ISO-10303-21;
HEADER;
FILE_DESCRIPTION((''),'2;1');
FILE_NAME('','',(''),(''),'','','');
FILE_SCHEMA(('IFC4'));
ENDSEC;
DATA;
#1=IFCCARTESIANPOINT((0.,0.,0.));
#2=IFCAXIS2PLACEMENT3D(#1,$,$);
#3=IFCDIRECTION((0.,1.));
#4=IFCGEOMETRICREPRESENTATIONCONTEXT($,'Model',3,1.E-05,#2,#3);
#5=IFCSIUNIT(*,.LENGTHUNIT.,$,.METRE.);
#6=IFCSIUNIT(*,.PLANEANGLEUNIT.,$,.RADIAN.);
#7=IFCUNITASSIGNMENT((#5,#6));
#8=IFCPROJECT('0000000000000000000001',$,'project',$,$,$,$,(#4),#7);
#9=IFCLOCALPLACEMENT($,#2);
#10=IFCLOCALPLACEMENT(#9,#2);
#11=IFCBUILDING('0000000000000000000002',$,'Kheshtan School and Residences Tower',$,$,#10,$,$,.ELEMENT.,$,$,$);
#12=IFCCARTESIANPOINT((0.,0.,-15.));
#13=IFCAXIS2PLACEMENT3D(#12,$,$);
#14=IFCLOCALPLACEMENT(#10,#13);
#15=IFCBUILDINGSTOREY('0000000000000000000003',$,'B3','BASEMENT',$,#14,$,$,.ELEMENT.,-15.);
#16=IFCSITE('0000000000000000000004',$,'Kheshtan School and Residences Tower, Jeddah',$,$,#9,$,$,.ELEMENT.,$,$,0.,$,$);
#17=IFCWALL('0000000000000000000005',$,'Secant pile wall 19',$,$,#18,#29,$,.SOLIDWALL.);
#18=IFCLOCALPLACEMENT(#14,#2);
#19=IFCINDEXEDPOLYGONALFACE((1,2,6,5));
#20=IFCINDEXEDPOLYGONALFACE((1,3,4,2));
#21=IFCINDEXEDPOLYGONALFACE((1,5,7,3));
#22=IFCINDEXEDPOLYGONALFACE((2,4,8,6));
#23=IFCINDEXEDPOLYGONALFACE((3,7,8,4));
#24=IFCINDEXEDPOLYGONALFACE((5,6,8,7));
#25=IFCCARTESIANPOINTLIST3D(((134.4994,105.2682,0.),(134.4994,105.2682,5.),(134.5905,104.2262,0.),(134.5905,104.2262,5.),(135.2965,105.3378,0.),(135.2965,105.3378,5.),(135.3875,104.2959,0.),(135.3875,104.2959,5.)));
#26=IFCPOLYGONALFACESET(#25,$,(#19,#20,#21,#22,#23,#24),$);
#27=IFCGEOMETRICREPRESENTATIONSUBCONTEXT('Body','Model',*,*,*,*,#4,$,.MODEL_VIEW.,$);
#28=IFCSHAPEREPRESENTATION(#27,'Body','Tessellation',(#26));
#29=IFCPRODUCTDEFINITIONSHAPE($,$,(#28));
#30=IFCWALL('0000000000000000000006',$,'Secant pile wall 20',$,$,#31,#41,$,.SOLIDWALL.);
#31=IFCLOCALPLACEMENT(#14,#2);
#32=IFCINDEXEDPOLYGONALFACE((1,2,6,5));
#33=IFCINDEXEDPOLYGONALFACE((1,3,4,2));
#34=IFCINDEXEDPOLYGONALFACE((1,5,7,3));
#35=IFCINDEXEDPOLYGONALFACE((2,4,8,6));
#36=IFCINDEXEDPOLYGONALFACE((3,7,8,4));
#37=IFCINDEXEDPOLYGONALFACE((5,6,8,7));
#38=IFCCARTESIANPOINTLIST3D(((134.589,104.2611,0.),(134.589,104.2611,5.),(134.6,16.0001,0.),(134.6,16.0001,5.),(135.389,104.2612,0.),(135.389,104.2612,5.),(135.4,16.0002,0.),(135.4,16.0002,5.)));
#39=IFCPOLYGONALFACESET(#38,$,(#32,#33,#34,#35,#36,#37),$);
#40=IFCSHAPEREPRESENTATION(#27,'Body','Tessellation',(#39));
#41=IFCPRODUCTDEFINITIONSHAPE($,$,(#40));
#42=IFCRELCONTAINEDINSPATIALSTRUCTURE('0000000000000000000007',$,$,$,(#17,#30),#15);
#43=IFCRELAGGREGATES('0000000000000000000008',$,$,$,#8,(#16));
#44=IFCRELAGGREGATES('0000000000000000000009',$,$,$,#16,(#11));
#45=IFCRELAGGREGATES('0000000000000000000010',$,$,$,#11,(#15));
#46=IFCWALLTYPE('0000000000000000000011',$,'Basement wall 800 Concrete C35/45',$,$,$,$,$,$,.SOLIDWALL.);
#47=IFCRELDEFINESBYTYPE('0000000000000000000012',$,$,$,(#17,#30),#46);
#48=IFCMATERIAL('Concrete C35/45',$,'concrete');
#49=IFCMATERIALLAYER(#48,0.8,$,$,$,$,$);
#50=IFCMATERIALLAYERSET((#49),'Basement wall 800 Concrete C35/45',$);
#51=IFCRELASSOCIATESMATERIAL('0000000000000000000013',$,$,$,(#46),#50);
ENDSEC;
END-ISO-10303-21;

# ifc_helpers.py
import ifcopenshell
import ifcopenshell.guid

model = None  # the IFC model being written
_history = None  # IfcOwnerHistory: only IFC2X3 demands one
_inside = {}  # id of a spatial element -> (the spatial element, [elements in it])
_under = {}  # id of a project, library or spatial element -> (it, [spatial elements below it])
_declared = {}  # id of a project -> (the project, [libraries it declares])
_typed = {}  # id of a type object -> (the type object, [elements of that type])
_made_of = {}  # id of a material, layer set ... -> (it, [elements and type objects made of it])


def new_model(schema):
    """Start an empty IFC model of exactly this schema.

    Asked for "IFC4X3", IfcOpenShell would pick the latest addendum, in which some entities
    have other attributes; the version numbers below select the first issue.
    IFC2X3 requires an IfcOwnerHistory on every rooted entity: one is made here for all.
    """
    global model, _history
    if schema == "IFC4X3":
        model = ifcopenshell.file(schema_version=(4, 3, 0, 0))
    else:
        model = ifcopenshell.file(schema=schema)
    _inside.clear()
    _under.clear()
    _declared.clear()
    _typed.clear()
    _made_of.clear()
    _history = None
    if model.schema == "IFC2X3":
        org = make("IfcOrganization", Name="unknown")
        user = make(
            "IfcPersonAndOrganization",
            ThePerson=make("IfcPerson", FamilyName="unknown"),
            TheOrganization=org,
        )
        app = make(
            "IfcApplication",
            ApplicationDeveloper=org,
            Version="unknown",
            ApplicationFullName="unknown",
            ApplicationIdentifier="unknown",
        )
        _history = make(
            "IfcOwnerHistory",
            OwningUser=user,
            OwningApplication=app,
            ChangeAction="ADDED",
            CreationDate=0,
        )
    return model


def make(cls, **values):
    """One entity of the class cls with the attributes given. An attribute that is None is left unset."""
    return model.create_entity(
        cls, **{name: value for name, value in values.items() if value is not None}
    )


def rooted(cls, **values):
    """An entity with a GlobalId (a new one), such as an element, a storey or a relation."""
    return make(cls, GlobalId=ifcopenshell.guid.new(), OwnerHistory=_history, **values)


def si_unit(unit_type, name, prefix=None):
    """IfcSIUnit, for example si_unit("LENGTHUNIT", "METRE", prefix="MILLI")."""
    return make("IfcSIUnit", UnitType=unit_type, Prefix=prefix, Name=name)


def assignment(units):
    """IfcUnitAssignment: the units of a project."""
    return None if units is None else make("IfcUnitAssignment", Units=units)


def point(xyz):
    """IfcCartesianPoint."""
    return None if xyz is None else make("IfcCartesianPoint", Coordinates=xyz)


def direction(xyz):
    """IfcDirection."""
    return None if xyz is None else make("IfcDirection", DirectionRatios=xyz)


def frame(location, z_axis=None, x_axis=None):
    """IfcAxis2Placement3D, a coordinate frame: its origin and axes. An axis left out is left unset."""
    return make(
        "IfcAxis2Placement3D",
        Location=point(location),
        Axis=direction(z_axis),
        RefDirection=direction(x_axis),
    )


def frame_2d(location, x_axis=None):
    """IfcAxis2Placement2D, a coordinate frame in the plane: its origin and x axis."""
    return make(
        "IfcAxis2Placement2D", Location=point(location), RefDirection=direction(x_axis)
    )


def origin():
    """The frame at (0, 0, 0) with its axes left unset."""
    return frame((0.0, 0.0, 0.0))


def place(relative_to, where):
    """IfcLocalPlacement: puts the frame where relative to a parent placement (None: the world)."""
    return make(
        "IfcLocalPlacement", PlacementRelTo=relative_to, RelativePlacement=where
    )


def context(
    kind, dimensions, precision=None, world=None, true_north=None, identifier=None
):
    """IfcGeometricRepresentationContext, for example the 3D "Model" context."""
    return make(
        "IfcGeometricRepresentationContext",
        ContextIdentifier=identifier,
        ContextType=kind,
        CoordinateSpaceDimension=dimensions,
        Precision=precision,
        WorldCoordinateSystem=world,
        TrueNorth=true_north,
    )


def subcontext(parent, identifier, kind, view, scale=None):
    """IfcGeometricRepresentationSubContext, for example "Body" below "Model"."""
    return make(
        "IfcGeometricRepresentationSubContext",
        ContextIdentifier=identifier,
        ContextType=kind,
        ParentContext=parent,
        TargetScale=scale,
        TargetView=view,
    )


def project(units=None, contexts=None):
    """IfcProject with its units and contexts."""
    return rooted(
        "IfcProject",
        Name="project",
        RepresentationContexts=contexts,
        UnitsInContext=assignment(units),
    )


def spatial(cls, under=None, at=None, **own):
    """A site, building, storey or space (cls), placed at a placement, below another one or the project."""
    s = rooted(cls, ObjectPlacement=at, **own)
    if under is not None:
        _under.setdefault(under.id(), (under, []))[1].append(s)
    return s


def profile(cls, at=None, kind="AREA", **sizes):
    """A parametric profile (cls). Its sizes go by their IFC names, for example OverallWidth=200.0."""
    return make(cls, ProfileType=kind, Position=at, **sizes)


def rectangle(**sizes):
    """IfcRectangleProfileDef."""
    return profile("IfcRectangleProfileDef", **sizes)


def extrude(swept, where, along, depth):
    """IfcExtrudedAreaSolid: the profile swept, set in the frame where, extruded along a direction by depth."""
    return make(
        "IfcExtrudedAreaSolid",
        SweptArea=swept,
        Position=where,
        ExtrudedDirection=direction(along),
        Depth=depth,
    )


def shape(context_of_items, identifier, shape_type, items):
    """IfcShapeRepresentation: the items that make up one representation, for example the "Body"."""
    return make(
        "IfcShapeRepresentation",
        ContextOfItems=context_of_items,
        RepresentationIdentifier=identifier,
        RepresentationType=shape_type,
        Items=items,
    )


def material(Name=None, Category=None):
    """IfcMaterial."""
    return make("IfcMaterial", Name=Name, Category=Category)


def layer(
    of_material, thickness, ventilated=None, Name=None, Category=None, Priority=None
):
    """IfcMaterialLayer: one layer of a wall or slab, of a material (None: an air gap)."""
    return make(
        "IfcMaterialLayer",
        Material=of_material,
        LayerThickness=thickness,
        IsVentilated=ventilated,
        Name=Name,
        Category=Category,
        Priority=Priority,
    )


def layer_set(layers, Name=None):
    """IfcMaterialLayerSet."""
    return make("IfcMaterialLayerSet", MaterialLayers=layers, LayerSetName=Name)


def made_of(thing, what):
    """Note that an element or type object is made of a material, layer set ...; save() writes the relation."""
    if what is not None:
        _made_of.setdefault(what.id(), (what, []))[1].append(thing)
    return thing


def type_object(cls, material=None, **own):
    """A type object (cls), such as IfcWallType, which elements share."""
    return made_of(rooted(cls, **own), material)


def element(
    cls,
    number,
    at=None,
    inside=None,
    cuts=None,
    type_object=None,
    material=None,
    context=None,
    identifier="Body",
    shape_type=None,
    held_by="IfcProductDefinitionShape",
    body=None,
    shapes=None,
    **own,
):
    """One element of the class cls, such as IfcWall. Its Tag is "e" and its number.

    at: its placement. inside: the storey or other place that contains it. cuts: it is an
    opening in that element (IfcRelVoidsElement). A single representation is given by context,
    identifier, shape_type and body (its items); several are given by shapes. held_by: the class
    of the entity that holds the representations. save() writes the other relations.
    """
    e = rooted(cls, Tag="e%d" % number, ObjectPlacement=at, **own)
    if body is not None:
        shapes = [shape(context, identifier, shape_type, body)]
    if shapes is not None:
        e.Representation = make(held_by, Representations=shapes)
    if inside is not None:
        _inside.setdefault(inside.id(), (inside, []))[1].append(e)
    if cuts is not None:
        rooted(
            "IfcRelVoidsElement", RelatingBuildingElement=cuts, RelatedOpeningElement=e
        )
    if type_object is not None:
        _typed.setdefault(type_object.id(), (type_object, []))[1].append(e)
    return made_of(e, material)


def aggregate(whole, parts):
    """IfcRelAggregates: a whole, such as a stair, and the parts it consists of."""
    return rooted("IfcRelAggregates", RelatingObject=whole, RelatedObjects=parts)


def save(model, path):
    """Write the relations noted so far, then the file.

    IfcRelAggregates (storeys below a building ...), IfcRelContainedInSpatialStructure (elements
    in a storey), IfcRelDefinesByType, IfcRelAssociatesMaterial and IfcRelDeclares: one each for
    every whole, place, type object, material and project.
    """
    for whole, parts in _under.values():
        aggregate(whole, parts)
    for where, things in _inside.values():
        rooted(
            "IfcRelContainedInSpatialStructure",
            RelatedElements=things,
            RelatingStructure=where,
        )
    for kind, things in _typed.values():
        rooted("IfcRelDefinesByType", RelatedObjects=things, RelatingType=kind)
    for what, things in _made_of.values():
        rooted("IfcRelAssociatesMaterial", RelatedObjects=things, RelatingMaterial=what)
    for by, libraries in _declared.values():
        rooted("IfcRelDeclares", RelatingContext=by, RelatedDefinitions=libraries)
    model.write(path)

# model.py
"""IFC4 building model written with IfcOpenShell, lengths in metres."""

from ifc_helpers import new_model, si_unit, direction, frame, frame_2d, origin, place, context, subcontext, project, spatial, rectangle, extrude, material, layer, layer_set, type_object, element, save


model = new_model("IFC4")

# Units and contexts
model_context = context("Model", 3, precision=1e-05, world=origin(), true_north=direction((0.0, 1.0)))
body_context = subcontext(model_context, "Body", "Model", "MODEL_VIEW")
ifc_project = project(units=[si_unit("LENGTHUNIT", "METRE"), si_unit("PLANEANGLEUNIT", "RADIAN")], contexts=[model_context])

# Site, building, storey
site_placement = place(None, origin())
site = spatial("IfcSite", under=ifc_project, at=site_placement, Name="Kheshtan School and Residences Tower, Jeddah", CompositionType="ELEMENT", RefElevation=0.0)
building_placement = place(site_placement, origin())
building = spatial("IfcBuilding", under=site, at=building_placement, Name="Kheshtan School and Residences Tower", CompositionType="ELEMENT")
storey_placement = place(building_placement, frame((0.0, 0.0, -15.0)))
storey = spatial("IfcBuildingStorey", under=building, at=storey_placement, Name="B3", Description="BASEMENT", CompositionType="ELEMENT", Elevation=-15.0)

# Walls
ifc_material_1 = material(Name="Concrete C35/45", Category="concrete")
ifc_layer = layer(ifc_material_1, 0.8)
ifc_layer_set = layer_set([ifc_layer], Name="Basement wall 800 Concrete C35/45")
wall_type = type_object("IfcWallType", Name="Basement wall 800 Concrete C35/45", PredefinedType="SOLIDWALL", material=ifc_layer_set)
wall_1_placement = place(storey_placement, frame((134.8979, 105.303, 0.0), z_axis=(0.0, 0.0, 1.0), x_axis=(0.087063, -0.996203, 0.0)))
element("IfcWall", 1, at=wall_1_placement, inside=storey, type_object=wall_type, Name="Secant pile wall 19", PredefinedType="SOLIDWALL", context=body_context, shape_type="SweptSolid", body=[
    extrude(rectangle(XDim=1.0459, YDim=0.8, at=frame_2d((0.5229, 0.0))), origin(), (0.0, 0.0, 1.0), 5.0),
])
wall_2_placement = place(storey_placement, frame((134.989, 104.261, 0.0), z_axis=(0.0, 0.0, 1.0), x_axis=(0.000124, -1.0, 0.0)))
element("IfcWall", 2, at=wall_2_placement, inside=storey, type_object=wall_type, Name="Secant pile wall 20", PredefinedType="SOLIDWALL", context=body_context, shape_type="SweptSolid", body=[
    extrude(rectangle(XDim=88.261, YDim=0.8, at=frame_2d((44.1304, 0.0))), origin(), (0.0, 0.0, 1.0), 5.0),
])

save(model, "model.ifc")
